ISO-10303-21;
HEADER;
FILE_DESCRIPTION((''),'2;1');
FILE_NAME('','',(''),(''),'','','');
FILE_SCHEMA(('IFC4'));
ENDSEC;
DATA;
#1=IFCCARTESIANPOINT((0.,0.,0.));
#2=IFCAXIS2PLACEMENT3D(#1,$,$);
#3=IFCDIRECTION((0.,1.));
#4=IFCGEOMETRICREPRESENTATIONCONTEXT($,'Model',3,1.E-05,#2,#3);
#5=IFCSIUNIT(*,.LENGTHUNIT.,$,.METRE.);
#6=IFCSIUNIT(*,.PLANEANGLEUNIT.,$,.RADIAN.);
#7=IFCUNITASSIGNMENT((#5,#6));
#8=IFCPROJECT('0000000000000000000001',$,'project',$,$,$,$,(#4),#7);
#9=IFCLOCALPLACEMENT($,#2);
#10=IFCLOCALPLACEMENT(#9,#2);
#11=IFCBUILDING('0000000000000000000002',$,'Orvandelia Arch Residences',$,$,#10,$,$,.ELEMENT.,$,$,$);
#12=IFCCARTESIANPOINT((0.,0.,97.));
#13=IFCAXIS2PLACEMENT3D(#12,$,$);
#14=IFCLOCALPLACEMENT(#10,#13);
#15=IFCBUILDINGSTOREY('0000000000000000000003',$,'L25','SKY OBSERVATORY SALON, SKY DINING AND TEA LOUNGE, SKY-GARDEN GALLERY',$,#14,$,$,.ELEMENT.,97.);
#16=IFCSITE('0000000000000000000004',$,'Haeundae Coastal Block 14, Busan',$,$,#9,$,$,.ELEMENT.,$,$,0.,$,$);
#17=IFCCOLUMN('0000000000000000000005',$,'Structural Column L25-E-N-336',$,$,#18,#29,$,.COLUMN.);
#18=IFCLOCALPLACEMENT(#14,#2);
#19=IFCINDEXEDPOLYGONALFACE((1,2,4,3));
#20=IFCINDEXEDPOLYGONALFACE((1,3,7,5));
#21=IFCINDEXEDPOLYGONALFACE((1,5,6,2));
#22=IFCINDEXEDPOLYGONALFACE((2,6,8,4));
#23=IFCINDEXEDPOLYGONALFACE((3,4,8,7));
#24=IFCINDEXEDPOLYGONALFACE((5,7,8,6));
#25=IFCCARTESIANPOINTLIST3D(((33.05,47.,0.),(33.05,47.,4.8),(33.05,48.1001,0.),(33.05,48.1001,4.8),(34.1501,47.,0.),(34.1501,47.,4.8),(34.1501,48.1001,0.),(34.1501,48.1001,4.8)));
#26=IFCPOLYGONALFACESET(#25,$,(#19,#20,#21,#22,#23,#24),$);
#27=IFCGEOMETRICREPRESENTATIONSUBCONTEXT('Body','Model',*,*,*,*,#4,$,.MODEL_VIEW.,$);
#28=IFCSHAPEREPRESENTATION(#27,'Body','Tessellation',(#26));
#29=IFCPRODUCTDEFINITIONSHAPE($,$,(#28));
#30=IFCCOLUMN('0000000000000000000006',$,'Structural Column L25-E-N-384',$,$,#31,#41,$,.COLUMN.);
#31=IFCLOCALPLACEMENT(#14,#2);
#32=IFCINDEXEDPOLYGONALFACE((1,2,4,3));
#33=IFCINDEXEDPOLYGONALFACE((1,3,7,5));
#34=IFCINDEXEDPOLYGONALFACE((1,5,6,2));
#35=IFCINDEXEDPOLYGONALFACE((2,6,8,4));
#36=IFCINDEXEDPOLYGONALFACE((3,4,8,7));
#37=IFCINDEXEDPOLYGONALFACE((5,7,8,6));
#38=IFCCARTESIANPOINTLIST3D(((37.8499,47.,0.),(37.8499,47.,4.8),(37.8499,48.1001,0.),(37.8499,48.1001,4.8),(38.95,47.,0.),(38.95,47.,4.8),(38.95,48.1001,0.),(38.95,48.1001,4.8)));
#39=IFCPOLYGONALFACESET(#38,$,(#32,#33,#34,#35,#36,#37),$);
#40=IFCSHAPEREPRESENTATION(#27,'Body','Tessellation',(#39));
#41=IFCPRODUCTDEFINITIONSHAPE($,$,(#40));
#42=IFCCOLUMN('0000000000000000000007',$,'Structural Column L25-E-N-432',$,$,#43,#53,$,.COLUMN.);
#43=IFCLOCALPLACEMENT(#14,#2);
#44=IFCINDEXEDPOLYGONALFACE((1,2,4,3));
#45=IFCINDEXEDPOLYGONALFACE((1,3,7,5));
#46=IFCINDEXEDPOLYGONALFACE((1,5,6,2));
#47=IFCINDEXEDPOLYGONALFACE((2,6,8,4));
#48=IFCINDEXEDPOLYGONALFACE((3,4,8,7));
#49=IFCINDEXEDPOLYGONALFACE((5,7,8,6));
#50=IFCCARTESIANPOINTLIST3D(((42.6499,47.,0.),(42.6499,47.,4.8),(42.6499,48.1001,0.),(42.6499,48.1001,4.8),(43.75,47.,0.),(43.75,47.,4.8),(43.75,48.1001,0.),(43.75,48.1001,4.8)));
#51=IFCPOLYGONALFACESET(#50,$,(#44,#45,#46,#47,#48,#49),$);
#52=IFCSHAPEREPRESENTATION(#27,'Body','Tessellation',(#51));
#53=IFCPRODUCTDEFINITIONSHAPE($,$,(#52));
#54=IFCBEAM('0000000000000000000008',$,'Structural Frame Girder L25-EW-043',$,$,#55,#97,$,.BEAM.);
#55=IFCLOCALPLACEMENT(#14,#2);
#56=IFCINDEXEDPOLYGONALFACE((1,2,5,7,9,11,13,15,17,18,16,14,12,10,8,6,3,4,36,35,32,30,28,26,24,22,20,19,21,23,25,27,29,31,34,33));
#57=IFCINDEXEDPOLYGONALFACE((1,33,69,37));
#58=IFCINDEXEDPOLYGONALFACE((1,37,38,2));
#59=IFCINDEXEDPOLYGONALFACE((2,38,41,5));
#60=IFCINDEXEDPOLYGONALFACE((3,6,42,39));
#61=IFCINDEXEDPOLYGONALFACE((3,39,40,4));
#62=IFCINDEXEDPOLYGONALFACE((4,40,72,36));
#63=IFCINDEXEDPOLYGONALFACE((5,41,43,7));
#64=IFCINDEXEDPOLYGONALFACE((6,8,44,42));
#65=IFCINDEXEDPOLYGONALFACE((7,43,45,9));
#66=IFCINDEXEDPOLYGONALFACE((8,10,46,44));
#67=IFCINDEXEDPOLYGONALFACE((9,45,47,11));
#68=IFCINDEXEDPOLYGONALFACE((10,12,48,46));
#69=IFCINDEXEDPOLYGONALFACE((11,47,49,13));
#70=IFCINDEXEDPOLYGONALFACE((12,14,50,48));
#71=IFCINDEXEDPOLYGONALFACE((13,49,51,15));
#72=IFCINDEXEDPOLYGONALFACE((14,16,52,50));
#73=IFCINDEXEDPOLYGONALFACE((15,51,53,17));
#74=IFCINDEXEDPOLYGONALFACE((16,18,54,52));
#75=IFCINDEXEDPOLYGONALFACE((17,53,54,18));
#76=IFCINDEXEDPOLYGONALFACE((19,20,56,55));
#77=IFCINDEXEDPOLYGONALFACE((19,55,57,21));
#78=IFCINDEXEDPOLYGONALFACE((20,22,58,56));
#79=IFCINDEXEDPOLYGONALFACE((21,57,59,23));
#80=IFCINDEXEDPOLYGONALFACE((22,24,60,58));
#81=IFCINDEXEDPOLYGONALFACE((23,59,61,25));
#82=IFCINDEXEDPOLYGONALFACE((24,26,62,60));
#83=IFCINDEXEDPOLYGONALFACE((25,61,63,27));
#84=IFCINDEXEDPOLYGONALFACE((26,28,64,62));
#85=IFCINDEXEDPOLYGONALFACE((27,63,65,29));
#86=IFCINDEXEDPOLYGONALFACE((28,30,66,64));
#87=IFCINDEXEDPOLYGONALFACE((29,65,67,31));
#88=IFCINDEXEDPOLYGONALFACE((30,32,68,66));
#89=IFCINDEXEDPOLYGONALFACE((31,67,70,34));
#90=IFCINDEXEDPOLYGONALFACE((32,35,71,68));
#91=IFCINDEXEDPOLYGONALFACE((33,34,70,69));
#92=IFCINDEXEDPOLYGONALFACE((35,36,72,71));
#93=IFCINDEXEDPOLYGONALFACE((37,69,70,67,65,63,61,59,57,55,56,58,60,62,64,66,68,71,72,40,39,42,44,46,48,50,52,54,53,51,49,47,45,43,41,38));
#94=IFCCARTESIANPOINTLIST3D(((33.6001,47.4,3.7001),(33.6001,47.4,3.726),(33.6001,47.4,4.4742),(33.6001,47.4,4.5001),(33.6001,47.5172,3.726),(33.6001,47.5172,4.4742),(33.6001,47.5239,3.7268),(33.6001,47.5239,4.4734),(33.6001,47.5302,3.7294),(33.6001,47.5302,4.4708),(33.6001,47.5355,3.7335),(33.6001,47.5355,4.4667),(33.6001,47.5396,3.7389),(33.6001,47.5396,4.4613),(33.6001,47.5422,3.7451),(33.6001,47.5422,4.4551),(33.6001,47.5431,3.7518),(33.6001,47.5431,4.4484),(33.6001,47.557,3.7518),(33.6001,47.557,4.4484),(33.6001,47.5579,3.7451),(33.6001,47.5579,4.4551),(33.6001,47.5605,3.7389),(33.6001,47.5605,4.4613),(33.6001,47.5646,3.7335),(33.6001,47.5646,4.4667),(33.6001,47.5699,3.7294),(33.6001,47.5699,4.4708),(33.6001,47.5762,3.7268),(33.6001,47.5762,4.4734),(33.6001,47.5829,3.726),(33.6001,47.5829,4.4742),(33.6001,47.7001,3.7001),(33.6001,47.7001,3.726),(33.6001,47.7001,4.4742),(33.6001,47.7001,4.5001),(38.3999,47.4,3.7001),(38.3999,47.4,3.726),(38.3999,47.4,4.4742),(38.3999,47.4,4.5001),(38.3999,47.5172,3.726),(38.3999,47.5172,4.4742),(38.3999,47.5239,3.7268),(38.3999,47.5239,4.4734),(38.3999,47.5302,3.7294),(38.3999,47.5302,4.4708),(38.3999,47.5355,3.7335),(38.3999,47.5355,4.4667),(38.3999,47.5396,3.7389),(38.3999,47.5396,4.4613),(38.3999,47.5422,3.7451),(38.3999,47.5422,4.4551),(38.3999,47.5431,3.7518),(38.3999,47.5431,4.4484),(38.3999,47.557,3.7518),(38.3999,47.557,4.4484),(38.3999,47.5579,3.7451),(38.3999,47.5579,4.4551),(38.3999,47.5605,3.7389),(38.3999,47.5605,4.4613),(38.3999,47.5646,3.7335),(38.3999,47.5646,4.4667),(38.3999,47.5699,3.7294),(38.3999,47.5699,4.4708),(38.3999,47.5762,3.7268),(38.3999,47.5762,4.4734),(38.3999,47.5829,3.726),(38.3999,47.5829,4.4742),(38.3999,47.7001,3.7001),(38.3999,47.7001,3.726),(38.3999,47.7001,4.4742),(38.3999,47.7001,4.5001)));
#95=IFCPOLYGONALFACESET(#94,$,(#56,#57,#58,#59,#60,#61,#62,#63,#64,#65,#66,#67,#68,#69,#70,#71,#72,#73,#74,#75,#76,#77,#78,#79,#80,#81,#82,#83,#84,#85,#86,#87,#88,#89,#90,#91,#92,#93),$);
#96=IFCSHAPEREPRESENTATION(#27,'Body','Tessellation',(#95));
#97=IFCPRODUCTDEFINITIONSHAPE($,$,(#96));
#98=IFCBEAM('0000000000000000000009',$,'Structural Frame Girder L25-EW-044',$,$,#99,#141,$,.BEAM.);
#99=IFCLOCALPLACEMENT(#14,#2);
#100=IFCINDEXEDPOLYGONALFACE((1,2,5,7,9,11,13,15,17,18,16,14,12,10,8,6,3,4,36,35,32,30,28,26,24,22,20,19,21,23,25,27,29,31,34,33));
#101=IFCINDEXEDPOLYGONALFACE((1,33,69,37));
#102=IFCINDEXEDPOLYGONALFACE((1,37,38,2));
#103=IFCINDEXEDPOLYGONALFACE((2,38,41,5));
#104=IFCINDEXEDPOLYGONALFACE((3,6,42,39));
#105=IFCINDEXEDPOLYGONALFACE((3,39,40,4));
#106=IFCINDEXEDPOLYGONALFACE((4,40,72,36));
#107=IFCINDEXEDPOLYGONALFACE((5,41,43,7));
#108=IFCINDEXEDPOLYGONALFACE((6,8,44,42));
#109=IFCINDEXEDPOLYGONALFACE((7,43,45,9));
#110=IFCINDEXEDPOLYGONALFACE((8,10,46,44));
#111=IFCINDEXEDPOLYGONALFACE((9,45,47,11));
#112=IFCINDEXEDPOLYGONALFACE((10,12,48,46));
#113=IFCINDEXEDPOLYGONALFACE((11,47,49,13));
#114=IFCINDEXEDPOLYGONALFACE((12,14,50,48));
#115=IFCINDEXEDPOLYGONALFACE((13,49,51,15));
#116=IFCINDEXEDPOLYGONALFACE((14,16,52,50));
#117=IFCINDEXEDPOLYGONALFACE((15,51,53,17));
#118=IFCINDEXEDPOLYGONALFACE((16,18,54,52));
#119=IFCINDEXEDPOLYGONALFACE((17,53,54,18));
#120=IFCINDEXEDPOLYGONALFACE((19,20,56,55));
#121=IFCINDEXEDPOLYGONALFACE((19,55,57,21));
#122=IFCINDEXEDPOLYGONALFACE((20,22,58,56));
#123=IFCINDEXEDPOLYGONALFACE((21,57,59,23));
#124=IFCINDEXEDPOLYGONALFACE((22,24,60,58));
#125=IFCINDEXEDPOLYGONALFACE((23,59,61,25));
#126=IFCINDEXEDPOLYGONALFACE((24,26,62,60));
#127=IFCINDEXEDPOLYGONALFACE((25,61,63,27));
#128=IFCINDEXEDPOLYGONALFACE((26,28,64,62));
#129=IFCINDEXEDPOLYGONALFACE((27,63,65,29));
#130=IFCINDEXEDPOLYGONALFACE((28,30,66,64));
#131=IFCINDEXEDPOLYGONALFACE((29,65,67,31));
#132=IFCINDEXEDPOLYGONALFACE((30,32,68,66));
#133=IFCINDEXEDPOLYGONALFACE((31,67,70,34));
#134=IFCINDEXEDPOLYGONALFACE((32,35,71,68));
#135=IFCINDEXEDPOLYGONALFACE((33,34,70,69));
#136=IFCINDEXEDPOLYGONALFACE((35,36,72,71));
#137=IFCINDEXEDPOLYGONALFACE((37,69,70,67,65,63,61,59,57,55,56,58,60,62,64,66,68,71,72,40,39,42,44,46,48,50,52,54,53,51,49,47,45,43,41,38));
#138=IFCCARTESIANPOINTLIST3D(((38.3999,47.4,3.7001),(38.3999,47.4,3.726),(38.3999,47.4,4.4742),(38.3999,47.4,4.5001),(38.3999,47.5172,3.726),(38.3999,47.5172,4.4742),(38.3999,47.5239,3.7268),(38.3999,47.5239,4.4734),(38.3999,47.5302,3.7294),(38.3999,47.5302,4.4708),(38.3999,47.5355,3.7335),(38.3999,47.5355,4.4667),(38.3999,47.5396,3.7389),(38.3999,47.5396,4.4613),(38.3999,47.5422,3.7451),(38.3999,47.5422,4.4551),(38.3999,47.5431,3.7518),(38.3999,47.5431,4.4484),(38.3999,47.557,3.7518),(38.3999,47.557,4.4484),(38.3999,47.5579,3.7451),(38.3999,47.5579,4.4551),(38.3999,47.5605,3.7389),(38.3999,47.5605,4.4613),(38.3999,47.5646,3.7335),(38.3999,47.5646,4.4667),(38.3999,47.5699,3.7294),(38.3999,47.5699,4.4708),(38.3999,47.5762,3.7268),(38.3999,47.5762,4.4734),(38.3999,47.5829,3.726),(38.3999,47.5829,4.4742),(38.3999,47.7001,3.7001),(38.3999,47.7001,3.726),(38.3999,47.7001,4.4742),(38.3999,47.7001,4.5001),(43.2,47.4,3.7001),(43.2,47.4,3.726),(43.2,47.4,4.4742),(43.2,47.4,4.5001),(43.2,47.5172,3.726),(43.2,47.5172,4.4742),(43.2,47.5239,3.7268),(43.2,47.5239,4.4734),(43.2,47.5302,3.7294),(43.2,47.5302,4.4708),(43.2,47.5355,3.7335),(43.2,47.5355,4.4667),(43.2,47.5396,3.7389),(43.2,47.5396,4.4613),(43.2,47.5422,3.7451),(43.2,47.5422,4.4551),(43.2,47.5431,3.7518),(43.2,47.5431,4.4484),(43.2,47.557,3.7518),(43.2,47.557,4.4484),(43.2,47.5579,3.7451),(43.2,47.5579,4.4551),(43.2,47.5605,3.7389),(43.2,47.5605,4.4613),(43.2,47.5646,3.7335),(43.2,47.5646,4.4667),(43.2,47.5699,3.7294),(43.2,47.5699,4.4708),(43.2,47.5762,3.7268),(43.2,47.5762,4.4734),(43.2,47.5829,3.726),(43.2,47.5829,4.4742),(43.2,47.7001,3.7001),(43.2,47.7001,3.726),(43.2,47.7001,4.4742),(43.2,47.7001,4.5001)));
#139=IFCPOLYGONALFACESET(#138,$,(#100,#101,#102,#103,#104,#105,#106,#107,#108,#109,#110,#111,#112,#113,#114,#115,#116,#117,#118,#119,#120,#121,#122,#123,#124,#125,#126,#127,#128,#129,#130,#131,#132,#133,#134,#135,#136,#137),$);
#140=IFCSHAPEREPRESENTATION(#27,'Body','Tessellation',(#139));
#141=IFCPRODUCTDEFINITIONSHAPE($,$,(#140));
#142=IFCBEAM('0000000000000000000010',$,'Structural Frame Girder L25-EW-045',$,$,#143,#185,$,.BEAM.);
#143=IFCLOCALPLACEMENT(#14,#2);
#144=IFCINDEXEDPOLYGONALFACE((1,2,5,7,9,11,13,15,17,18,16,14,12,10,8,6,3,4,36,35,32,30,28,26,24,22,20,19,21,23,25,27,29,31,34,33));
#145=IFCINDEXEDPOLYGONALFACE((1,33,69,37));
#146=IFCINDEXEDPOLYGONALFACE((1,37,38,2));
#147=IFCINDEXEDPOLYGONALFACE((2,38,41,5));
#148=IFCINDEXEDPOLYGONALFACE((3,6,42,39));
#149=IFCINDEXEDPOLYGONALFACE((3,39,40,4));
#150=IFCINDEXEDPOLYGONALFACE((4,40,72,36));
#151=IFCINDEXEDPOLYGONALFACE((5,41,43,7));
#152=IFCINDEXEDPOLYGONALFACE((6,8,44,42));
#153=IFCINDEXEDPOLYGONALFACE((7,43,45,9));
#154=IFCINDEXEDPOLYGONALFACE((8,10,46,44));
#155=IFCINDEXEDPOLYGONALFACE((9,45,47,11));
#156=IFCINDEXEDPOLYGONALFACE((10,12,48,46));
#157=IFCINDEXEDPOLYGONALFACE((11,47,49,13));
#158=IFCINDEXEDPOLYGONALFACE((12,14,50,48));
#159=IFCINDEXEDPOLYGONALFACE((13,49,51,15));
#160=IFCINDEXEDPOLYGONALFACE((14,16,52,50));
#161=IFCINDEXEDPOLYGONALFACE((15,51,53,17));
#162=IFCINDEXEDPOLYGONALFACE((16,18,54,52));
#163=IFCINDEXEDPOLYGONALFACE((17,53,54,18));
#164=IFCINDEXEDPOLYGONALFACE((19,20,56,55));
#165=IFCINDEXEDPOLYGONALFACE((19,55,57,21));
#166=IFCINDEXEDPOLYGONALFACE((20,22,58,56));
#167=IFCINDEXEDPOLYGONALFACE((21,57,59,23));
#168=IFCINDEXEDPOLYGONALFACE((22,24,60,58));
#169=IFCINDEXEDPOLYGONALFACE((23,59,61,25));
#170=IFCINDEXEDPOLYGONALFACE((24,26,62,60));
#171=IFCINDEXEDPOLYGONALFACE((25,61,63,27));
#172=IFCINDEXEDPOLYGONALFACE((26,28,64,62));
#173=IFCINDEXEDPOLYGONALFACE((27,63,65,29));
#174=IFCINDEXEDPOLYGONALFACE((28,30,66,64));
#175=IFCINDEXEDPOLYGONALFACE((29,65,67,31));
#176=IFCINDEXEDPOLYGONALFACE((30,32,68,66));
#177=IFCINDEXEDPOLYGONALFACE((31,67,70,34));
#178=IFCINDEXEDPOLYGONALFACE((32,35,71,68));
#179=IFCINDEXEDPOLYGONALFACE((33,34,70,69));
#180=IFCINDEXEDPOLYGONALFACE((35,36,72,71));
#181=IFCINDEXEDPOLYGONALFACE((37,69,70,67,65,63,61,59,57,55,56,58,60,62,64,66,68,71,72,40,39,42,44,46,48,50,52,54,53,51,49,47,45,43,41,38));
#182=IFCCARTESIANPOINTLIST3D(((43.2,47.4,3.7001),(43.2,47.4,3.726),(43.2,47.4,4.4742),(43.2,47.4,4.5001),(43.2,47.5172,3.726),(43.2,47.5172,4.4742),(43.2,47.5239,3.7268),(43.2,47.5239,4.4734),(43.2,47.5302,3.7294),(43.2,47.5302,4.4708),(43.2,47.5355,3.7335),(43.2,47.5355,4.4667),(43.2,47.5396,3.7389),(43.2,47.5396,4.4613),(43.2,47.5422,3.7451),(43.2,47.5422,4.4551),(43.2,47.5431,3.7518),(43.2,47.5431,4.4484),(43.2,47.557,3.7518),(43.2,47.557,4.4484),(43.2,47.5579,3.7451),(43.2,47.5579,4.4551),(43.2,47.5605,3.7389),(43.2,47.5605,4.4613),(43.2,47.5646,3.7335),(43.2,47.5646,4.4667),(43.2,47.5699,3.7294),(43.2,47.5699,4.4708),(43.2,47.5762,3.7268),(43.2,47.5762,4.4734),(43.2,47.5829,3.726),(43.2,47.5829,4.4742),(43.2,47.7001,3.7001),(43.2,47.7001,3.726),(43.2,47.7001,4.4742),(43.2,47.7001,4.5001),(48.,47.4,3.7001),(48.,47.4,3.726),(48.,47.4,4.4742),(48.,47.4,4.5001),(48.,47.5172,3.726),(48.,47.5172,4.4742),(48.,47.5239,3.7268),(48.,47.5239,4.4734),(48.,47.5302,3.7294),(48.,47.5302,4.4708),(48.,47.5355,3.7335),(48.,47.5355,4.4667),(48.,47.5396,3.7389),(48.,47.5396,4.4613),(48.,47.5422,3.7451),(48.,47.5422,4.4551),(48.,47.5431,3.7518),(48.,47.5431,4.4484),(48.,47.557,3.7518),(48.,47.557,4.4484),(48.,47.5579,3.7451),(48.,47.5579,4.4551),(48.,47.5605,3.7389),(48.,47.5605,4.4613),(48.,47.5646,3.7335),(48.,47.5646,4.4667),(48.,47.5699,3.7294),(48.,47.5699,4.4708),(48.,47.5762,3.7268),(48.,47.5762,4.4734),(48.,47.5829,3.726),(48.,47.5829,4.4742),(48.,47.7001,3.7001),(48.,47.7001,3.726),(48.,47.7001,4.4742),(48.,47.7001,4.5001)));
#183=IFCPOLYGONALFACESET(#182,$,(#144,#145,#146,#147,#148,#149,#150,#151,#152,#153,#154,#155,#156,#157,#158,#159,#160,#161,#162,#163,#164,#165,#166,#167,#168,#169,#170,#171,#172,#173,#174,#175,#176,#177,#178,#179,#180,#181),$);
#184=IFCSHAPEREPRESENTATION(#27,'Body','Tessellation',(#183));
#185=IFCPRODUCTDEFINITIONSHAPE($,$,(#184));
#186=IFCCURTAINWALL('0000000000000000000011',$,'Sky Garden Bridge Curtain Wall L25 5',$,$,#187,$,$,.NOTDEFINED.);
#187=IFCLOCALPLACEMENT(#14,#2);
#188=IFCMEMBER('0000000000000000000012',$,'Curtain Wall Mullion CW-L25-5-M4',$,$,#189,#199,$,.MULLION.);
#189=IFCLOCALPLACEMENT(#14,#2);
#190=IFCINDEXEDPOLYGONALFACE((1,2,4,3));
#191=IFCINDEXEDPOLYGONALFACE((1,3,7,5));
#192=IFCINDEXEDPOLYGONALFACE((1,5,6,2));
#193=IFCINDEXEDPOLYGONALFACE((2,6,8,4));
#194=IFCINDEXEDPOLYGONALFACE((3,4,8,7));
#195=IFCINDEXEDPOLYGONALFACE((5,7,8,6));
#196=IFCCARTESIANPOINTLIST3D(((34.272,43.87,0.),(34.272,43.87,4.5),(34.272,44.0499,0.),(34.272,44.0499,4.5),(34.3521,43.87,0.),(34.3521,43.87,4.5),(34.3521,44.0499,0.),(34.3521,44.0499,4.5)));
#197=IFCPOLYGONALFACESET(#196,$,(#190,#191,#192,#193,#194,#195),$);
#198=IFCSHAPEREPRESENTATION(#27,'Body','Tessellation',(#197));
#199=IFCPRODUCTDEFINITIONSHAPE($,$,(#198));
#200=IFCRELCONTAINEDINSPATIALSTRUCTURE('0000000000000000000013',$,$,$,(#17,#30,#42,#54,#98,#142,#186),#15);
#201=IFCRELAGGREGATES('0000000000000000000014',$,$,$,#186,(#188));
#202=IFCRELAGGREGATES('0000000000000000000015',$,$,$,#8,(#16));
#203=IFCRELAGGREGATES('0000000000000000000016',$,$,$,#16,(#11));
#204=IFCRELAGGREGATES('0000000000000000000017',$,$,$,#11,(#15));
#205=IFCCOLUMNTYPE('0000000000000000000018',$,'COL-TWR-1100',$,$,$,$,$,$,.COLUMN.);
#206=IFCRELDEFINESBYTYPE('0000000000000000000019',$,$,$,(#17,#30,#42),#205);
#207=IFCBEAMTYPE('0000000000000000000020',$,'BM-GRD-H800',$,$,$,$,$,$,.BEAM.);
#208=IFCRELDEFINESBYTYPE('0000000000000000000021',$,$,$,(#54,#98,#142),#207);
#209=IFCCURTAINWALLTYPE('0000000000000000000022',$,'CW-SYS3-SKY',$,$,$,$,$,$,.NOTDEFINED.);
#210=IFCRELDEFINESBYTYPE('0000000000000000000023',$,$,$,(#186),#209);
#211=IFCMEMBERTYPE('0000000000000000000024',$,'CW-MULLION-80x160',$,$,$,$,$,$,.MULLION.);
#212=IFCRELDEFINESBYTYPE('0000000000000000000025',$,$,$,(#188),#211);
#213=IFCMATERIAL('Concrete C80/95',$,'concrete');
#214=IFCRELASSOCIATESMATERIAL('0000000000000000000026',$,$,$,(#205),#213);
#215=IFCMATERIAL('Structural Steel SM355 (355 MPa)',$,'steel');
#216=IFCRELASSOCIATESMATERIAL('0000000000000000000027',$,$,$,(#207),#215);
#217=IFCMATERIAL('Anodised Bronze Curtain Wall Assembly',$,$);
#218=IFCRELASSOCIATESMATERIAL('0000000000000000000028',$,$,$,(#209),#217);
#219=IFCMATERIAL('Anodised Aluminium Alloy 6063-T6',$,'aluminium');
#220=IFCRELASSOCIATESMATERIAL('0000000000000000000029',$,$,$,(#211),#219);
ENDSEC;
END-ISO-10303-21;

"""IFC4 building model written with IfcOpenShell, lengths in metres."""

from ifc_helpers import new_model, si_unit, direction, frame, origin, origin_2d, place, context, subcontext, project, spatial, rectangle, i_section, extrude, material, material_profile, profile_set, type_object, element, aggregate, save


model = new_model("IFC4")

# Units and contexts
model_context = context("Model", 3, precision=1e-05, world=origin(), true_north=direction((0.0, 1.0)))
body_context = subcontext(model_context, "Body", "Model", "MODEL_VIEW")
ifc_project = project(units=[si_unit("LENGTHUNIT", "METRE"), si_unit("PLANEANGLEUNIT", "RADIAN")], contexts=[model_context])

# Site, building, storey
site_placement = place(None, origin())
site = spatial("IfcSite", under=ifc_project, at=site_placement, Name="Haeundae Coastal Block 14, Busan", CompositionType="ELEMENT", RefElevation=0.0)
building_placement = place(site_placement, origin())
building = spatial("IfcBuilding", under=site, at=building_placement, Name="Orvandelia Arch Residences", CompositionType="ELEMENT")
storey_placement = place(building_placement, frame((0.0, 0.0, 97.0)))
storey = spatial("IfcBuildingStorey", under=building, at=storey_placement, Name="L25", Description="SKY OBSERVATORY SALON, SKY DINING AND TEA LOUNGE, SKY-GARDEN GALLERY", CompositionType="ELEMENT", Elevation=97.0)

# Columns
ifc_material_1 = material(Name="Concrete C80/95", Category="concrete")
ifc_material_profile_1 = material_profile(ifc_material_1, rectangle(XDim=1.1001, YDim=1.1001, at=origin_2d()), Name="Concrete C80/95", Category="concrete")
ifc_profile_set_1 = profile_set([ifc_material_profile_1], Name="Concrete C80/95")
column_type = type_object("IfcColumnType", Name="COL-TWR-1100", PredefinedType="COLUMN", material=ifc_profile_set_1)
for number, where, z_axis, x_axis, name in (
    (1, (33.6001, 47.55, 0.0), (0.0, 0.0, 1.0), (1.0, 0.0, 0.0), "Structural Column L25-E-N-336"),
    (2, (38.3999, 47.55, 0.0), (0.0, 0.0, 1.0), (1.0, 0.0, 0.0), "Structural Column L25-E-N-384"),
    (3, (43.2, 47.55, 0.0), (0.0, 0.0, 1.0), (1.0, 0.0, 0.0), "Structural Column L25-E-N-432"),
):
    element("IfcColumn", number, at=place(storey_placement, frame(where, z_axis=z_axis, x_axis=x_axis)), inside=storey, type_object=column_type, Name=name, PredefinedType="COLUMN", context=body_context, shape_type="SweptSolid", body=[
        extrude(rectangle(XDim=1.1001, YDim=1.1001, at=origin_2d()), origin(), (0.0, 0.0, 1.0), 4.8),
    ])

# Beams
ifc_material_2 = material(Name="Structural Steel SM355 (355 MPa)", Category="steel")
ifc_material_profile_2 = material_profile(ifc_material_2, i_section(OverallWidth=0.3, OverallDepth=0.8, WebThickness=0.0139, FlangeThickness=0.0259, FilletRadius=0.0259, at=origin_2d()), Name="Structural Steel SM355 (355 MPa)", Category="steel")
ifc_profile_set_2 = profile_set([ifc_material_profile_2], Name="Structural Steel SM355 (355 MPa)")
beam_type = type_object("IfcBeamType", Name="BM-GRD-H800", PredefinedType="BEAM", material=ifc_profile_set_2)
beam_placement = place(storey_placement, frame((33.6001, 47.55, 4.1001), z_axis=(1.0, 0.0, 0.0), x_axis=(0.0, 1.0, 0.0)))
element("IfcBeam", 4, at=beam_placement, inside=storey, type_object=beam_type, Name="Structural Frame Girder L25-EW-043", PredefinedType="BEAM", context=body_context, shape_type="SweptSolid", body=[
    extrude(i_section(OverallWidth=0.3, OverallDepth=0.8, WebThickness=0.0139, FlangeThickness=0.0259, FilletRadius=0.0259, at=origin_2d()), origin(), (0.0, 0.0, 1.0), 4.7998),
])
for number, where, z_axis, x_axis, name in (
    (5, (38.3999, 47.55, 4.1001), (1.0, 0.0, 0.0), (0.0, 1.0, 0.0), "Structural Frame Girder L25-EW-044"),
    (6, (43.2, 47.55, 4.1001), (1.0, 0.0, 0.0), (0.0, 1.0, 0.0), "Structural Frame Girder L25-EW-045"),
):
    element("IfcBeam", number, at=place(storey_placement, frame(where, z_axis=z_axis, x_axis=x_axis)), inside=storey, type_object=beam_type, Name=name, PredefinedType="BEAM", context=body_context, shape_type="SweptSolid", body=[
        extrude(i_section(OverallWidth=0.3, OverallDepth=0.8, WebThickness=0.0139, FlangeThickness=0.0259, FilletRadius=0.0259, at=origin_2d()), origin(), (0.0, 0.0, 1.0), 4.8),
    ])

# Curtain wall, member
ifc_material_3 = material(Name="Anodised Bronze Curtain Wall Assembly")
curtain_wall_type = type_object("IfcCurtainWallType", Name="CW-SYS3-SKY", PredefinedType="NOTDEFINED", material=ifc_material_3)
curtain_wall_placement = place(storey_placement, origin())
curtain_wall = element("IfcCurtainWall", 7, at=curtain_wall_placement, inside=storey, type_object=curtain_wall_type, Name="Sky Garden Bridge Curtain Wall L25 5", PredefinedType="NOTDEFINED")
ifc_material_4 = material(Name="Anodised Aluminium Alloy 6063-T6", Category="aluminium")
ifc_material_profile_3 = material_profile(ifc_material_4, rectangle(XDim=0.0801, YDim=0.1799, at=origin_2d()), Name="Anodised Aluminium Alloy 6063-T6", Category="aluminium")
ifc_profile_set_3 = profile_set([ifc_material_profile_3], Name="Anodised Aluminium Alloy 6063-T6")
member_type_1 = type_object("IfcMemberType", Name="CW-MULLION-80x160", PredefinedType="MULLION", material=ifc_profile_set_3)
member_1_placement = place(storey_placement, frame((34.312, 43.96, 0.0), z_axis=(0.0, 0.0, 1.0), x_axis=(1.0, 0.0, 0.0)))
member_1 = element("IfcMember", 8, at=member_1_placement, type_object=member_type_1, Name="Curtain Wall Mullion CW-L25-5-M4", PredefinedType="MULLION", context=body_context, shape_type="SweptSolid", body=[
    extrude(rectangle(XDim=0.0801, YDim=0.1799, at=origin_2d()), origin(), (0.0, 0.0, 1.0), 4.5),
])
aggregate(curtain_wall, [member_1])

save(model, "model.ifc")
